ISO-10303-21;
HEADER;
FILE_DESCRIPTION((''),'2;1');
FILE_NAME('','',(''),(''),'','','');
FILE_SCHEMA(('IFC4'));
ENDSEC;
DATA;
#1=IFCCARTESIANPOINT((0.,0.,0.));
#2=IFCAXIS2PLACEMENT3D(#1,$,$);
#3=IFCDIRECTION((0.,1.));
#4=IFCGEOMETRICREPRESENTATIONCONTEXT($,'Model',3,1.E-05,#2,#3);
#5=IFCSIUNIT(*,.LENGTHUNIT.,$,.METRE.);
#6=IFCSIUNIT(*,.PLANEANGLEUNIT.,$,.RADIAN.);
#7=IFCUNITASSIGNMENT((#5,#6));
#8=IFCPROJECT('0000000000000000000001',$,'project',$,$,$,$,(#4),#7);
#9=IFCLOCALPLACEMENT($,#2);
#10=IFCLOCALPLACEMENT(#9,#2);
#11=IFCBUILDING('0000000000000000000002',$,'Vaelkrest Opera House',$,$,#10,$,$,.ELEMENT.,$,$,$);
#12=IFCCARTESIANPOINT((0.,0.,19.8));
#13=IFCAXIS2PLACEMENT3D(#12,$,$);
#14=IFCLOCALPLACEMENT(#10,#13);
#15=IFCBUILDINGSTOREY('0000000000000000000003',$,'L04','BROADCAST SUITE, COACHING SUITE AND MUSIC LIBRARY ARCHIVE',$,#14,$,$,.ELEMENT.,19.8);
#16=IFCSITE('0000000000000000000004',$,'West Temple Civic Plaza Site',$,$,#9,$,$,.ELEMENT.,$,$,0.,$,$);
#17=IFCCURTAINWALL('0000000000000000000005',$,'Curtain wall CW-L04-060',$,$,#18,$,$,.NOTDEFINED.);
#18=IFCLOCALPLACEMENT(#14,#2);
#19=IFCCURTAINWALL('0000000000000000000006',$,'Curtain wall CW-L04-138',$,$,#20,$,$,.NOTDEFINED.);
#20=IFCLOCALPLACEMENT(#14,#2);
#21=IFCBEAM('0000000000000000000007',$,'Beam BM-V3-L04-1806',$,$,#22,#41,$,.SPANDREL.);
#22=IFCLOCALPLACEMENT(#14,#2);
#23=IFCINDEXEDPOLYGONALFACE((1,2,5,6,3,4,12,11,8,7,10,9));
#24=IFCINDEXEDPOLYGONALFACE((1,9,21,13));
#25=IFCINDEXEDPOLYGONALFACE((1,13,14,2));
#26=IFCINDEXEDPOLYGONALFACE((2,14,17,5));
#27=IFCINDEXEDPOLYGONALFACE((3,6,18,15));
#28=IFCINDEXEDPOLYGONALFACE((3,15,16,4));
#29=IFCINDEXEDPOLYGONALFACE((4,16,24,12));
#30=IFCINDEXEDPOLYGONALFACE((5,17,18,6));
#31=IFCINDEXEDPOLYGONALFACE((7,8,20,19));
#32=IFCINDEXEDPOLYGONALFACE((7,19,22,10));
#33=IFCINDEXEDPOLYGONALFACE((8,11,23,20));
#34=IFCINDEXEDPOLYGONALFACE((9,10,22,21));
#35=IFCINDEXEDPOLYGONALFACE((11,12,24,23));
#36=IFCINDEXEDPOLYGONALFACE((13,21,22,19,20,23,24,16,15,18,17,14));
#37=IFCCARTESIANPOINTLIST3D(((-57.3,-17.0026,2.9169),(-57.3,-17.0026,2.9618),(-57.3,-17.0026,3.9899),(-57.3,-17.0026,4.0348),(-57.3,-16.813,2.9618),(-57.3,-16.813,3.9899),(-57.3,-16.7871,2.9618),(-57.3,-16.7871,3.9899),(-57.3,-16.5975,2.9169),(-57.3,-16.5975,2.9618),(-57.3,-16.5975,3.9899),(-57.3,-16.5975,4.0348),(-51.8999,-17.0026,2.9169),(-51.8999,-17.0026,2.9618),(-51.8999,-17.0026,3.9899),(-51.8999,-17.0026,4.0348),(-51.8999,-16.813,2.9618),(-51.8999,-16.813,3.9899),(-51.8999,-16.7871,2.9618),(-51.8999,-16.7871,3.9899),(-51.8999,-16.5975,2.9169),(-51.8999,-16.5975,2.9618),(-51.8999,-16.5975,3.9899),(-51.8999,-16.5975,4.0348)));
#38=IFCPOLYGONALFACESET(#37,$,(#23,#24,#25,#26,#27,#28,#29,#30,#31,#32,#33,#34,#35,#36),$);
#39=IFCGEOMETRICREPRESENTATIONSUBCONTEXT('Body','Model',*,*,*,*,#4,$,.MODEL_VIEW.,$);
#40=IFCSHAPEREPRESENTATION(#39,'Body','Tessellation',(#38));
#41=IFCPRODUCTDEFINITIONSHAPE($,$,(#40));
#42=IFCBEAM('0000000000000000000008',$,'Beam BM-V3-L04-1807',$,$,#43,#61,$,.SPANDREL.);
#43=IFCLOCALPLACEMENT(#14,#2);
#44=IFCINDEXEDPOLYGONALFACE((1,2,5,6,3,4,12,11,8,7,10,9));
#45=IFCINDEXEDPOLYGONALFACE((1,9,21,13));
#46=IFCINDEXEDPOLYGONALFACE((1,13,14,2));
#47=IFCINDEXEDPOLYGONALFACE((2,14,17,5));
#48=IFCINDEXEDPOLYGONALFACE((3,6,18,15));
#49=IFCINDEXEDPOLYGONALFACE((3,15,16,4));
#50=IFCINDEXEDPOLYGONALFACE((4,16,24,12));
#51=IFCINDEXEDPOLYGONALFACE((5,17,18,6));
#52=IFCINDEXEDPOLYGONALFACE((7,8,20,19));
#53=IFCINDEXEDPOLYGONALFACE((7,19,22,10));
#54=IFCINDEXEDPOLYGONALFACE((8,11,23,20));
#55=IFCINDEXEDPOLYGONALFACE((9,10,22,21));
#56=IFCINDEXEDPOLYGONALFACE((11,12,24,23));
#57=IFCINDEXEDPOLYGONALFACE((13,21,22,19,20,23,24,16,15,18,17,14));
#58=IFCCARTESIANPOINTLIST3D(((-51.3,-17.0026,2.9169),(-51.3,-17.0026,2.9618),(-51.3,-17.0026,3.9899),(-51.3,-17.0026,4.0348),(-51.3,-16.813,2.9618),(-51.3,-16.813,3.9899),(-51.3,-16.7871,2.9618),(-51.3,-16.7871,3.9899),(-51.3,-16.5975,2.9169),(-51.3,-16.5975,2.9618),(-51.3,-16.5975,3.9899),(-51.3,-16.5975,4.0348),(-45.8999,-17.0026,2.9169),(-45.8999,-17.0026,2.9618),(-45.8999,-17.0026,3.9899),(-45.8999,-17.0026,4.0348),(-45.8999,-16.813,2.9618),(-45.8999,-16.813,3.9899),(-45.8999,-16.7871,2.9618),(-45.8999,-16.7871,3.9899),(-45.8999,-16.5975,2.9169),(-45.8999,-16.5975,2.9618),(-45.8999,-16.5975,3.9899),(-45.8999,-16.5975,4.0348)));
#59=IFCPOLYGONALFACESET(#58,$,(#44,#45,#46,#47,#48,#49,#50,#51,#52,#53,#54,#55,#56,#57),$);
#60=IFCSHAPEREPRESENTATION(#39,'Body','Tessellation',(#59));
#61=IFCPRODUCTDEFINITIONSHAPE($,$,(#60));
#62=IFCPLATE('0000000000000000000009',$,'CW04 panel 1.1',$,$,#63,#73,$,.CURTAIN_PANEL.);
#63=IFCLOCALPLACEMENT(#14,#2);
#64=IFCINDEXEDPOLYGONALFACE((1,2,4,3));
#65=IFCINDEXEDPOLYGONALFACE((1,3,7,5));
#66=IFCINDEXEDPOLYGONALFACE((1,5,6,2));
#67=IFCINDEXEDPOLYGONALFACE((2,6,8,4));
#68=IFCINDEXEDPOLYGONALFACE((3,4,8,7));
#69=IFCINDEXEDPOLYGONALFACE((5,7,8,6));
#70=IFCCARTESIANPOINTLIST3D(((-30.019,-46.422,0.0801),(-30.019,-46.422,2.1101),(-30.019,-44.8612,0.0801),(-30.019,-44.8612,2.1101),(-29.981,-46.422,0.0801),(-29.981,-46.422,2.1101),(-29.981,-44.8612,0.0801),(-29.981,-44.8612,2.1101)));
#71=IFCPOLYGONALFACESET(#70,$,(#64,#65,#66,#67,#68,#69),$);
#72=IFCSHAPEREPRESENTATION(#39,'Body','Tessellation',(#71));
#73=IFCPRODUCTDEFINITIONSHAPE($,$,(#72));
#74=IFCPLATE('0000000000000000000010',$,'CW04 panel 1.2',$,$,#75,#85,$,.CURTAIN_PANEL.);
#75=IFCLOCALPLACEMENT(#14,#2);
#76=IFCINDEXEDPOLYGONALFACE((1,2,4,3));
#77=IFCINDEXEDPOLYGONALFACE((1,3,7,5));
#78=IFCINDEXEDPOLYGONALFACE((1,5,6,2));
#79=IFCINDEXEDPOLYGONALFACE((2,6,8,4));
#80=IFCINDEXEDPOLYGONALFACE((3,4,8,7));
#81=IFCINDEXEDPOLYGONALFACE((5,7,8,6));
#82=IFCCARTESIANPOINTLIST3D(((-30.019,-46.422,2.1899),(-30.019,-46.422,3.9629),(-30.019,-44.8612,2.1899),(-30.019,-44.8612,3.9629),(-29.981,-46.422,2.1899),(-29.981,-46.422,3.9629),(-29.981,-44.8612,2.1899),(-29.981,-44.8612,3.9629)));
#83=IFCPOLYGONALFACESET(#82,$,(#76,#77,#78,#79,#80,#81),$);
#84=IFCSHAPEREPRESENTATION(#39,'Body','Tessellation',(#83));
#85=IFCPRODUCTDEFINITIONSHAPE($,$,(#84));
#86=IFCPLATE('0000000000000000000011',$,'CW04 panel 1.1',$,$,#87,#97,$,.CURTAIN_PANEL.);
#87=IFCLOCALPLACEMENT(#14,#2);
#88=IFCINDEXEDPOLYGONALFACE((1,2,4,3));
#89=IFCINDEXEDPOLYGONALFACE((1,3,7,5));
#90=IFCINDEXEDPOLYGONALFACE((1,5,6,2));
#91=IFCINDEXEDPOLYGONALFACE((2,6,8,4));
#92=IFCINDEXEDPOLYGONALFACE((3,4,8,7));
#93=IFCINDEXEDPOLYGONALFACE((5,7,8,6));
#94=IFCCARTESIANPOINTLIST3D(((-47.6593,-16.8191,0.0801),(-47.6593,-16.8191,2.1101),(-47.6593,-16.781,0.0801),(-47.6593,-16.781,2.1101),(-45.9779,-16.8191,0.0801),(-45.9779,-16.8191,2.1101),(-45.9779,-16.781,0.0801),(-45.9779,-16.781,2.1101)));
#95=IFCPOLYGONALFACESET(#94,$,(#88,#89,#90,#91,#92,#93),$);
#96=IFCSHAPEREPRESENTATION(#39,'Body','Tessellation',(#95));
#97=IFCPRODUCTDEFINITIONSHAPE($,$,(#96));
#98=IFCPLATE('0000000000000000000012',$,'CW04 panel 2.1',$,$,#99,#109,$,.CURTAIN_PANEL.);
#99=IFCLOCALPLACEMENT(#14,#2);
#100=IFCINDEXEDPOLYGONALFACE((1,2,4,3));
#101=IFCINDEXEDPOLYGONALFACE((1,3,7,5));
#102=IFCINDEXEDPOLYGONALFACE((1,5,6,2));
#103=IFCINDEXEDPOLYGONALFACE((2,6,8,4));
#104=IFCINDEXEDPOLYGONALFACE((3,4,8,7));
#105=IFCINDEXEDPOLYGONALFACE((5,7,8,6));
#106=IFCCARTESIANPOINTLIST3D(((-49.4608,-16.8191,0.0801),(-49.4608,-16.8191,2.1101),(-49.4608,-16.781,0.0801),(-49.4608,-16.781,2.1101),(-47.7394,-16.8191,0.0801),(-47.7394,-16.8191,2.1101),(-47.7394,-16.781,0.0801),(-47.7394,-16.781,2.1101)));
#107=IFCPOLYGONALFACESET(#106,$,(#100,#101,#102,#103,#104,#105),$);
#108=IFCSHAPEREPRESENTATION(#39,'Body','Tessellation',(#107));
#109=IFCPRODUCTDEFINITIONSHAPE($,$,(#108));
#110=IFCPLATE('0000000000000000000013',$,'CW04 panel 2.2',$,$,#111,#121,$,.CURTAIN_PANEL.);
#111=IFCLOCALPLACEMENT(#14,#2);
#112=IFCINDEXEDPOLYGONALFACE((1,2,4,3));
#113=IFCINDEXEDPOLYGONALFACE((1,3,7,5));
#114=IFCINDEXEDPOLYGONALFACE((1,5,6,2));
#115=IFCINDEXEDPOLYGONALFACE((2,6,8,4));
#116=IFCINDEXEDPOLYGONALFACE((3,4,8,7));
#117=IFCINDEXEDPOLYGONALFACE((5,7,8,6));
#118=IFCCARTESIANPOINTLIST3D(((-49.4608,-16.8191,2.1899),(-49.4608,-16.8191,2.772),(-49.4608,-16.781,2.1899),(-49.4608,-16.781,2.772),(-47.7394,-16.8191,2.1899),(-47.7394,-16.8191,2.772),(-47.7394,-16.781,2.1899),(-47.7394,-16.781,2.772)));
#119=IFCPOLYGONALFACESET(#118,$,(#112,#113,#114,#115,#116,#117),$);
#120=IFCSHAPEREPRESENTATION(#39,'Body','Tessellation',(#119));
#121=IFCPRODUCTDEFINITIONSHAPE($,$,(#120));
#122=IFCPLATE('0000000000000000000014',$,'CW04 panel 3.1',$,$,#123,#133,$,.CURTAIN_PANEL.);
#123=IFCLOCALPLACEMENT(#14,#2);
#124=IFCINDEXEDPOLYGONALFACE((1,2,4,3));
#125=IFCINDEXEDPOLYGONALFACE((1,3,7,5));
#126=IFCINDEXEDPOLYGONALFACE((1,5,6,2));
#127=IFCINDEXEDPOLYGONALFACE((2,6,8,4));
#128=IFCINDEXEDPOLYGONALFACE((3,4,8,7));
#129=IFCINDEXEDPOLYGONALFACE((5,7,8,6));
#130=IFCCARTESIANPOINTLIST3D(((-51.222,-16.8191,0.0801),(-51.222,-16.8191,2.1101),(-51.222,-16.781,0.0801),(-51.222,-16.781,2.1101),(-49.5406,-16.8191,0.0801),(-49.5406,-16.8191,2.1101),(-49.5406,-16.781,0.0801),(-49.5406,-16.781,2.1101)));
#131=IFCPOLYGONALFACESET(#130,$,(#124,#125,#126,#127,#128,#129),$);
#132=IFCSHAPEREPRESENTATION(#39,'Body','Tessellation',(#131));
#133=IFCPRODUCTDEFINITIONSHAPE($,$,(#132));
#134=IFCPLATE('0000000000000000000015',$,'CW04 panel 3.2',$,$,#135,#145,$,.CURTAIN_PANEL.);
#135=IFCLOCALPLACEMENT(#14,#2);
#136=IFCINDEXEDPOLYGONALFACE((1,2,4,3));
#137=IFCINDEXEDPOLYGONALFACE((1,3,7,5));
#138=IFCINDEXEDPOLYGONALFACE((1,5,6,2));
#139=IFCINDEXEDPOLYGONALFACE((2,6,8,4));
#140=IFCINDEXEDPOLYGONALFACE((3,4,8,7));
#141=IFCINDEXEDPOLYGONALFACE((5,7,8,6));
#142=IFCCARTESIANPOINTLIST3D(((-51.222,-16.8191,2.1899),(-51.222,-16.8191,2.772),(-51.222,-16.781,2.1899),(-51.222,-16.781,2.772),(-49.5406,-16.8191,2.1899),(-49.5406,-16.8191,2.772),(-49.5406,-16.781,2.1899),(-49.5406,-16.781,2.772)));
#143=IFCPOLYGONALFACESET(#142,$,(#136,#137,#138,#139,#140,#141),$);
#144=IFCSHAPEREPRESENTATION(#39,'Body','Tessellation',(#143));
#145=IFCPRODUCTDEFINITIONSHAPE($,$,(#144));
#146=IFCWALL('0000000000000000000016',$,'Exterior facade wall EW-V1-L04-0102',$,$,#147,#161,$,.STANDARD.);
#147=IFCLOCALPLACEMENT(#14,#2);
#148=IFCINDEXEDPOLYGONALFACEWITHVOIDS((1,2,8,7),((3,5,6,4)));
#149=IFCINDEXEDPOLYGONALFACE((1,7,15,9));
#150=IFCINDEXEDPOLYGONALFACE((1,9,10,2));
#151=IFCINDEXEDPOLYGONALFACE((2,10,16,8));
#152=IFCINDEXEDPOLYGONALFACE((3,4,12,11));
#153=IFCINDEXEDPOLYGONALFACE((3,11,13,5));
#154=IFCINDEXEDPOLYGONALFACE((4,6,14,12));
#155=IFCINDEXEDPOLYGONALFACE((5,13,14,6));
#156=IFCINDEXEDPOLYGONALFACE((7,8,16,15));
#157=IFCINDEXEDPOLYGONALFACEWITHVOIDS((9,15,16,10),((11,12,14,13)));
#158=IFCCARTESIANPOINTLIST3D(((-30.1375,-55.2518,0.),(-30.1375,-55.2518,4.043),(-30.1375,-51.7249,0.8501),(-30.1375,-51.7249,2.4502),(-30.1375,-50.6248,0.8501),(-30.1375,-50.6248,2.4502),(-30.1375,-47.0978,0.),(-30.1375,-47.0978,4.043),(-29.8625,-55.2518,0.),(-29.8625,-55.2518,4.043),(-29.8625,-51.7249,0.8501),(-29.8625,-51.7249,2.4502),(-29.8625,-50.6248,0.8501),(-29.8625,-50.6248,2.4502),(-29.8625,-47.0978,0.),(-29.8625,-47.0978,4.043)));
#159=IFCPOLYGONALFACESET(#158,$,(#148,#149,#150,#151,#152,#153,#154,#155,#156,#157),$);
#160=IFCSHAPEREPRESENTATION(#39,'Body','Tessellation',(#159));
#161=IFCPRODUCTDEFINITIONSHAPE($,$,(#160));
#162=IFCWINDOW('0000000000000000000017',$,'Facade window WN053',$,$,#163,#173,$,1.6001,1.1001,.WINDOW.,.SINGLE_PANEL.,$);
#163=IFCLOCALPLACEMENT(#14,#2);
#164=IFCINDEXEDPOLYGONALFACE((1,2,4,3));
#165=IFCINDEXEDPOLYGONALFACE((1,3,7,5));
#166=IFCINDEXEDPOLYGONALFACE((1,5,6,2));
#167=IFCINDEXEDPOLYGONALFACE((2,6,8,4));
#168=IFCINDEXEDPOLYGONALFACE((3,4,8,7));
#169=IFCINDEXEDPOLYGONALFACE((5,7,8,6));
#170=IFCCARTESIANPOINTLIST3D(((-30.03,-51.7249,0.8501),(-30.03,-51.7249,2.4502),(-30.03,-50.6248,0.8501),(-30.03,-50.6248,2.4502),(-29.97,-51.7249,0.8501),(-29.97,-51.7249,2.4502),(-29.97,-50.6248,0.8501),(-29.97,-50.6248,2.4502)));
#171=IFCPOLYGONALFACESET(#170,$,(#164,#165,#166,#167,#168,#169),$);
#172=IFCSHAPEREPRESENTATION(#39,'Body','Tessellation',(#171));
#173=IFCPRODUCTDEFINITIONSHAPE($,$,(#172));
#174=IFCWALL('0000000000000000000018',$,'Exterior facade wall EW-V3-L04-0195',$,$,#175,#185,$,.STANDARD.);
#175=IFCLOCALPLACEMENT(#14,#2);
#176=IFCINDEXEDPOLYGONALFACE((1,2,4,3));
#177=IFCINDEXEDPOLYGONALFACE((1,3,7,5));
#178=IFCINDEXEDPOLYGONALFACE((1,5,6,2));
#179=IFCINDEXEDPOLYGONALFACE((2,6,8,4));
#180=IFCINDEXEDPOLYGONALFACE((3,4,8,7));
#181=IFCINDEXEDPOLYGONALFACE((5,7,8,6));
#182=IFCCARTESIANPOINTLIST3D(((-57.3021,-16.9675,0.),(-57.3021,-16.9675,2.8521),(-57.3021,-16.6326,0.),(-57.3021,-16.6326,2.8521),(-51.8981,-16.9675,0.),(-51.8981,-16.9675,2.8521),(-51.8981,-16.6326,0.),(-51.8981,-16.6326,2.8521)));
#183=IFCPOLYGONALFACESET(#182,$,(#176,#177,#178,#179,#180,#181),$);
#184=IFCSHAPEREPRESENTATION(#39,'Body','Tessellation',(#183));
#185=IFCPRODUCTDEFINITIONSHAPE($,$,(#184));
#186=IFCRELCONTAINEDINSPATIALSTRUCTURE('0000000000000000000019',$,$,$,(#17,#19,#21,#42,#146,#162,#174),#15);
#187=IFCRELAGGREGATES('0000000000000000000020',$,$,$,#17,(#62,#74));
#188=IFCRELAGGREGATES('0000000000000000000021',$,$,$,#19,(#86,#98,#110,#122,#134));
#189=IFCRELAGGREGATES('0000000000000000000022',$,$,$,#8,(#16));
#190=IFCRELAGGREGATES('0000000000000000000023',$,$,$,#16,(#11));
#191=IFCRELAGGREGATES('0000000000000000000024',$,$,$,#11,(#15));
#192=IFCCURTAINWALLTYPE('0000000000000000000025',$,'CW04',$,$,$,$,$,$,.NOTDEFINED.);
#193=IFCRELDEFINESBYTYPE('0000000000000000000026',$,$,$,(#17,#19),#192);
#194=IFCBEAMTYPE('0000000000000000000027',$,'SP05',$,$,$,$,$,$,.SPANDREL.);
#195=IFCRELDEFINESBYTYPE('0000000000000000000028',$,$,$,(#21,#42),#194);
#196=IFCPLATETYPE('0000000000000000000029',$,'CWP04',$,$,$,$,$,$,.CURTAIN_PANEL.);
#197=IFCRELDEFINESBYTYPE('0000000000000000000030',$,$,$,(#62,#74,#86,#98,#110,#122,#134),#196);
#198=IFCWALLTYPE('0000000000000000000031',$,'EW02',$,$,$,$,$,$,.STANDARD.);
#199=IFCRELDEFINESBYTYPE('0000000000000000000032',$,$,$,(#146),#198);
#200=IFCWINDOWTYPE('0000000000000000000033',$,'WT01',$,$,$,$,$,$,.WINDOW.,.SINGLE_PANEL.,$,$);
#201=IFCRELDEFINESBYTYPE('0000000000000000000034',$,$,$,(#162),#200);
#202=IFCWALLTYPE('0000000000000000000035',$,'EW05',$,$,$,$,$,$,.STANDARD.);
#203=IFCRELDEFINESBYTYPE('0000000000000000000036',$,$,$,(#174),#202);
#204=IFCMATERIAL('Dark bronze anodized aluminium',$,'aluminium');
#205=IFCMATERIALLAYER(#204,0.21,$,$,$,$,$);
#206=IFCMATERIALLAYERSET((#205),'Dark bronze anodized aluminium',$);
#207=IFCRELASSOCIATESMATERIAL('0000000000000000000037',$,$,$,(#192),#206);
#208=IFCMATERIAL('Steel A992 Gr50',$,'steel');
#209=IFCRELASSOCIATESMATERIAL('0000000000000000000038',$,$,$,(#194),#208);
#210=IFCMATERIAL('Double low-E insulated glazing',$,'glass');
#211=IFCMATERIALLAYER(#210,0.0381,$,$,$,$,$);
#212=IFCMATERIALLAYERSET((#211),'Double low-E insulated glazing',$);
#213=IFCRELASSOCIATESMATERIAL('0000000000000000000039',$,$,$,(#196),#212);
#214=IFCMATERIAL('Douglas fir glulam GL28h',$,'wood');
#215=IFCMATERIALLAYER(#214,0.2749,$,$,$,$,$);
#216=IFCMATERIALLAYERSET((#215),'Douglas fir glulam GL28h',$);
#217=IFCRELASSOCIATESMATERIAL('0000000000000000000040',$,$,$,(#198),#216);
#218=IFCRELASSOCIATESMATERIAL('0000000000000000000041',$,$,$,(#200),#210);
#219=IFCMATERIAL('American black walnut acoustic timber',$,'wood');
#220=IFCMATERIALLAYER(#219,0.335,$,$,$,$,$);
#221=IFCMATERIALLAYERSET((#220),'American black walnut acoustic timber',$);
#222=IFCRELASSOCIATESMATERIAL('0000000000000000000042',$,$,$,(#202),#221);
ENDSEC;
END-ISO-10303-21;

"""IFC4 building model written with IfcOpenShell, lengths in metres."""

from ifc_helpers import new_model, si_unit, direction, frame, frame_2d, origin, origin_2d, place, context, subcontext, project, spatial, rectangle, i_section, extrude, material, layer, layer_set, material_profile, profile_set, type_object, element, fill, aggregate, save


model = new_model("IFC4")

# Units and contexts
model_context = context("Model", 3, precision=1e-05, world=origin(), true_north=direction((0.0, 1.0)))
body_context = subcontext(model_context, "Body", "Model", "MODEL_VIEW")
ifc_project = project(units=[si_unit("LENGTHUNIT", "METRE"), si_unit("PLANEANGLEUNIT", "RADIAN")], contexts=[model_context])

# Site, building, storey
site_placement = place(None, origin())
site = spatial("IfcSite", under=ifc_project, at=site_placement, Name="West Temple Civic Plaza Site", CompositionType="ELEMENT", RefElevation=0.0)
building_placement = place(site_placement, origin())
building = spatial("IfcBuilding", under=site, at=building_placement, Name="Vaelkrest Opera House", CompositionType="ELEMENT")
storey_placement = place(building_placement, frame((0.0, 0.0, 19.8)))
storey = spatial("IfcBuildingStorey", under=building, at=storey_placement, Name="L04", Description="BROADCAST SUITE, COACHING SUITE AND MUSIC LIBRARY ARCHIVE", CompositionType="ELEMENT", Elevation=19.8)

# Shared definitions
ifc_material_1 = material(Name="Dark bronze anodized aluminium", Category="aluminium")

# Curtain walls
ifc_layer_1 = layer(ifc_material_1, 0.21)
ifc_layer_set_1 = layer_set([ifc_layer_1], Name="Dark bronze anodized aluminium")
curtain_wall_type_1 = type_object("IfcCurtainWallType", Name="CW04", PredefinedType="NOTDEFINED", material=ifc_layer_set_1)
curtain_wall_1_placement = place(storey_placement, origin())
curtain_wall_1 = element("IfcCurtainWall", 1, at=curtain_wall_1_placement, inside=storey, type_object=curtain_wall_type_1, Name="Curtain wall CW-L04-060", PredefinedType="NOTDEFINED")
curtain_wall_2_placement = place(storey_placement, origin())
curtain_wall_2 = element("IfcCurtainWall", 2, at=curtain_wall_2_placement, inside=storey, type_object=curtain_wall_type_1, Name="Curtain wall CW-L04-138", PredefinedType="NOTDEFINED")

# Beams
ifc_material_2 = material(Name="Steel A992 Gr50", Category="steel")
ifc_material_profile_1 = material_profile(ifc_material_2, i_section(OverallWidth=0.405, OverallDepth=1.1179, WebThickness=0.0259, FlangeThickness=0.0449, at=origin_2d()), Name="W44X335")
ifc_profile_set_1 = profile_set([ifc_material_profile_1], Name="Steel A992 Gr50")
beam_type = type_object("IfcBeamType", Name="SP05", PredefinedType="SPANDREL", material=ifc_profile_set_1)
for number, where, z_axis, x_axis, name in (
    (3, (-57.3, -16.8, 3.4758), (1.0, 0.0, 0.0), (0.0, 1.0, 0.0), "Beam BM-V3-L04-1806"),
    (4, (-51.3, -16.8, 3.4758), (1.0, 0.0, 0.0), (0.0, 1.0, 0.0), "Beam BM-V3-L04-1807"),
):
    element("IfcBeam", number, at=place(storey_placement, frame(where, z_axis=z_axis, x_axis=x_axis)), inside=storey, type_object=beam_type, Name=name, PredefinedType="SPANDREL", context=body_context, shape_type="SweptSolid", body=[
        extrude(i_section(OverallWidth=0.405, OverallDepth=1.1179, WebThickness=0.0259, FlangeThickness=0.0449, at=origin_2d()), origin(), (0.0, 0.0, 1.0), 5.4001),
    ])

# Plates
ifc_material_3 = material(Name="Double low-E insulated glazing", Category="glass")
ifc_layer_2 = layer(ifc_material_3, 0.0381)
ifc_layer_set_2 = layer_set([ifc_layer_2], Name="Double low-E insulated glazing")
plate_type = type_object("IfcPlateType", Name="CWP04", PredefinedType="CURTAIN_PANEL", material=ifc_layer_set_2)
plate_1_placement = place(storey_placement, frame((-30.0, -45.6416, 0.0801), z_axis=(0.0, 0.0, 1.0), x_axis=(0.0, 1.0, 0.0)))
plate_1 = element("IfcPlate", 5, at=plate_1_placement, type_object=plate_type, Name="CW04 panel 1.1", PredefinedType="CURTAIN_PANEL", context=body_context, shape_type="SweptSolid", body=[
    extrude(rectangle(XDim=1.5608, YDim=0.0381, at=origin_2d()), origin(), (0.0, 0.0, 1.0), 2.03),
])
plate_2_placement = place(storey_placement, frame((-30.0, -45.6416, 2.1899), z_axis=(0.0, 0.0, 1.0), x_axis=(0.0, 1.0, 0.0)))
plate_2 = element("IfcPlate", 6, at=plate_2_placement, type_object=plate_type, Name="CW04 panel 1.2", PredefinedType="CURTAIN_PANEL", context=body_context, shape_type="SweptSolid", body=[
    extrude(rectangle(XDim=1.5608, YDim=0.0381, at=origin_2d()), origin(), (0.0, 0.0, 1.0), 1.7729),
])
aggregate(curtain_wall_1, [plate_1, plate_2])
plate_3_placement = place(storey_placement, frame((-46.8186, -16.8, 0.0801), z_axis=(0.0, 0.0, 1.0), x_axis=(-1.0, 0.0, 0.0)))
plate_3 = element("IfcPlate", 7, at=plate_3_placement, type_object=plate_type, Name="CW04 panel 1.1", PredefinedType="CURTAIN_PANEL", context=body_context, shape_type="SweptSolid", body=[
    extrude(rectangle(XDim=1.6814, YDim=0.0381, at=origin_2d()), origin(), (0.0, 0.0, 1.0), 2.03),
])
plate_4_placement = place(storey_placement, frame((-48.6001, -16.8, 0.0801), z_axis=(0.0, 0.0, 1.0), x_axis=(-1.0, 0.0, 0.0)))
plate_4 = element("IfcPlate", 8, at=plate_4_placement, type_object=plate_type, Name="CW04 panel 2.1", PredefinedType="CURTAIN_PANEL", context=body_context, shape_type="SweptSolid", body=[
    extrude(rectangle(XDim=1.7214, YDim=0.0381, at=origin_2d()), origin(), (0.0, 0.0, 1.0), 2.03),
])
plate_5_placement = place(storey_placement, frame((-48.6001, -16.8, 2.1899), z_axis=(0.0, 0.0, 1.0), x_axis=(-1.0, 0.0, 0.0)))
plate_5 = element("IfcPlate", 9, at=plate_5_placement, type_object=plate_type, Name="CW04 panel 2.2", PredefinedType="CURTAIN_PANEL", context=body_context, shape_type="SweptSolid", body=[
    extrude(rectangle(XDim=1.7214, YDim=0.0381, at=origin_2d()), origin(), (0.0, 0.0, 1.0), 0.582),
])
plate_6_placement = place(storey_placement, frame((-50.3813, -16.8, 0.0801), z_axis=(0.0, 0.0, 1.0), x_axis=(-1.0, 0.0, 0.0)))
plate_6 = element("IfcPlate", 10, at=plate_6_placement, type_object=plate_type, Name="CW04 panel 3.1", PredefinedType="CURTAIN_PANEL", context=body_context, shape_type="SweptSolid", body=[
    extrude(rectangle(XDim=1.6814, YDim=0.0381, at=origin_2d()), origin(), (0.0, 0.0, 1.0), 2.03),
])
plate_7_placement = place(storey_placement, frame((-50.3813, -16.8, 2.1899), z_axis=(0.0, 0.0, 1.0), x_axis=(-1.0, 0.0, 0.0)))
plate_7 = element("IfcPlate", 11, at=plate_7_placement, type_object=plate_type, Name="CW04 panel 3.2", PredefinedType="CURTAIN_PANEL", context=body_context, shape_type="SweptSolid", body=[
    extrude(rectangle(XDim=1.6814, YDim=0.0381, at=origin_2d()), origin(), (0.0, 0.0, 1.0), 0.582),
])
aggregate(curtain_wall_2, [plate_3, plate_4, plate_5, plate_6, plate_7])

# Wall, opening, window
ifc_material_4 = material(Name="Douglas fir glulam GL28h", Category="wood")
ifc_layer_3 = layer(ifc_material_4, 0.2749)
ifc_layer_set_3 = layer_set([ifc_layer_3], Name="Douglas fir glulam GL28h")
wall_type_1 = type_object("IfcWallType", Name="EW02", PredefinedType="STANDARD", material=ifc_layer_set_3)
wall_1_placement = place(storey_placement, frame((-30.0, -55.252, 0.0), z_axis=(0.0, 0.0, 1.0), x_axis=(0.0, 1.0, 0.0)))
wall_1 = element("IfcWall", 12, at=wall_1_placement, inside=storey, type_object=wall_type_1, Name="Exterior facade wall EW-V1-L04-0102", PredefinedType="STANDARD", context=body_context, shape_type="SweptSolid", body=[
    extrude(rectangle(XDim=8.1541, YDim=0.2749, at=frame_2d((4.0771, 0.0))), origin(), (0.0, 0.0, 1.0), 4.043),
])
opening_placement = place(wall_1_placement, frame((3.5271, 0.0, 0.8501)))
opening = element("IfcOpeningElement", 13, at=opening_placement, cuts=wall_1, PredefinedType="OPENING", context=body_context, shape_type="SweptSolid", body=[
    extrude(rectangle(XDim=1.1001, YDim=1.6001, at=frame_2d((0.55, 0.8))), frame((0.0, 0.1475, 0.0), z_axis=(0.0, -1.0, 0.0), x_axis=(1.0, 0.0, 0.0)), (0.0, 0.0, 1.0), 0.2949),
])
window_type = type_object("IfcWindowType", Name="WT01", PartitioningType="SINGLE_PANEL", PredefinedType="WINDOW", material=ifc_material_3)
window_placement = place(opening_placement, origin())
window = element("IfcWindow", 14, at=window_placement, inside=storey, type_object=window_type, Name="Facade window WN053", OverallHeight=1.6001, OverallWidth=1.1001, PartitioningType="SINGLE_PANEL", PredefinedType="WINDOW", context=body_context, shape_type="SweptSolid", body=[
    extrude(rectangle(XDim=1.1001, YDim=1.6001, at=frame_2d((0.55, 0.8))), frame((0.0, 0.03, 0.0), z_axis=(0.0, -1.0, 0.0), x_axis=(1.0, 0.0, 0.0)), (0.0, 0.0, 1.0), 0.0601),
])
fill(opening, window)

# Wall
ifc_material_5 = material(Name="American black walnut acoustic timber", Category="wood")
ifc_layer_4 = layer(ifc_material_5, 0.335)
ifc_layer_set_4 = layer_set([ifc_layer_4], Name="American black walnut acoustic timber")
wall_type_2 = type_object("IfcWallType", Name="EW05", PredefinedType="STANDARD", material=ifc_layer_set_4)
wall_2_placement = place(storey_placement, frame((-51.8979, -16.8, 0.0), z_axis=(0.0, 0.0, 1.0), x_axis=(-1.0, 0.0, 0.0)))
element("IfcWall", 15, at=wall_2_placement, inside=storey, type_object=wall_type_2, Name="Exterior facade wall EW-V3-L04-0195", PredefinedType="STANDARD", context=body_context, shape_type="SweptSolid", body=[
    extrude(rectangle(XDim=5.4041, YDim=0.335, at=frame_2d((2.7021, 0.0))), origin(), (0.0, 0.0, 1.0), 2.8521),
])

save(model, "model.ifc")
